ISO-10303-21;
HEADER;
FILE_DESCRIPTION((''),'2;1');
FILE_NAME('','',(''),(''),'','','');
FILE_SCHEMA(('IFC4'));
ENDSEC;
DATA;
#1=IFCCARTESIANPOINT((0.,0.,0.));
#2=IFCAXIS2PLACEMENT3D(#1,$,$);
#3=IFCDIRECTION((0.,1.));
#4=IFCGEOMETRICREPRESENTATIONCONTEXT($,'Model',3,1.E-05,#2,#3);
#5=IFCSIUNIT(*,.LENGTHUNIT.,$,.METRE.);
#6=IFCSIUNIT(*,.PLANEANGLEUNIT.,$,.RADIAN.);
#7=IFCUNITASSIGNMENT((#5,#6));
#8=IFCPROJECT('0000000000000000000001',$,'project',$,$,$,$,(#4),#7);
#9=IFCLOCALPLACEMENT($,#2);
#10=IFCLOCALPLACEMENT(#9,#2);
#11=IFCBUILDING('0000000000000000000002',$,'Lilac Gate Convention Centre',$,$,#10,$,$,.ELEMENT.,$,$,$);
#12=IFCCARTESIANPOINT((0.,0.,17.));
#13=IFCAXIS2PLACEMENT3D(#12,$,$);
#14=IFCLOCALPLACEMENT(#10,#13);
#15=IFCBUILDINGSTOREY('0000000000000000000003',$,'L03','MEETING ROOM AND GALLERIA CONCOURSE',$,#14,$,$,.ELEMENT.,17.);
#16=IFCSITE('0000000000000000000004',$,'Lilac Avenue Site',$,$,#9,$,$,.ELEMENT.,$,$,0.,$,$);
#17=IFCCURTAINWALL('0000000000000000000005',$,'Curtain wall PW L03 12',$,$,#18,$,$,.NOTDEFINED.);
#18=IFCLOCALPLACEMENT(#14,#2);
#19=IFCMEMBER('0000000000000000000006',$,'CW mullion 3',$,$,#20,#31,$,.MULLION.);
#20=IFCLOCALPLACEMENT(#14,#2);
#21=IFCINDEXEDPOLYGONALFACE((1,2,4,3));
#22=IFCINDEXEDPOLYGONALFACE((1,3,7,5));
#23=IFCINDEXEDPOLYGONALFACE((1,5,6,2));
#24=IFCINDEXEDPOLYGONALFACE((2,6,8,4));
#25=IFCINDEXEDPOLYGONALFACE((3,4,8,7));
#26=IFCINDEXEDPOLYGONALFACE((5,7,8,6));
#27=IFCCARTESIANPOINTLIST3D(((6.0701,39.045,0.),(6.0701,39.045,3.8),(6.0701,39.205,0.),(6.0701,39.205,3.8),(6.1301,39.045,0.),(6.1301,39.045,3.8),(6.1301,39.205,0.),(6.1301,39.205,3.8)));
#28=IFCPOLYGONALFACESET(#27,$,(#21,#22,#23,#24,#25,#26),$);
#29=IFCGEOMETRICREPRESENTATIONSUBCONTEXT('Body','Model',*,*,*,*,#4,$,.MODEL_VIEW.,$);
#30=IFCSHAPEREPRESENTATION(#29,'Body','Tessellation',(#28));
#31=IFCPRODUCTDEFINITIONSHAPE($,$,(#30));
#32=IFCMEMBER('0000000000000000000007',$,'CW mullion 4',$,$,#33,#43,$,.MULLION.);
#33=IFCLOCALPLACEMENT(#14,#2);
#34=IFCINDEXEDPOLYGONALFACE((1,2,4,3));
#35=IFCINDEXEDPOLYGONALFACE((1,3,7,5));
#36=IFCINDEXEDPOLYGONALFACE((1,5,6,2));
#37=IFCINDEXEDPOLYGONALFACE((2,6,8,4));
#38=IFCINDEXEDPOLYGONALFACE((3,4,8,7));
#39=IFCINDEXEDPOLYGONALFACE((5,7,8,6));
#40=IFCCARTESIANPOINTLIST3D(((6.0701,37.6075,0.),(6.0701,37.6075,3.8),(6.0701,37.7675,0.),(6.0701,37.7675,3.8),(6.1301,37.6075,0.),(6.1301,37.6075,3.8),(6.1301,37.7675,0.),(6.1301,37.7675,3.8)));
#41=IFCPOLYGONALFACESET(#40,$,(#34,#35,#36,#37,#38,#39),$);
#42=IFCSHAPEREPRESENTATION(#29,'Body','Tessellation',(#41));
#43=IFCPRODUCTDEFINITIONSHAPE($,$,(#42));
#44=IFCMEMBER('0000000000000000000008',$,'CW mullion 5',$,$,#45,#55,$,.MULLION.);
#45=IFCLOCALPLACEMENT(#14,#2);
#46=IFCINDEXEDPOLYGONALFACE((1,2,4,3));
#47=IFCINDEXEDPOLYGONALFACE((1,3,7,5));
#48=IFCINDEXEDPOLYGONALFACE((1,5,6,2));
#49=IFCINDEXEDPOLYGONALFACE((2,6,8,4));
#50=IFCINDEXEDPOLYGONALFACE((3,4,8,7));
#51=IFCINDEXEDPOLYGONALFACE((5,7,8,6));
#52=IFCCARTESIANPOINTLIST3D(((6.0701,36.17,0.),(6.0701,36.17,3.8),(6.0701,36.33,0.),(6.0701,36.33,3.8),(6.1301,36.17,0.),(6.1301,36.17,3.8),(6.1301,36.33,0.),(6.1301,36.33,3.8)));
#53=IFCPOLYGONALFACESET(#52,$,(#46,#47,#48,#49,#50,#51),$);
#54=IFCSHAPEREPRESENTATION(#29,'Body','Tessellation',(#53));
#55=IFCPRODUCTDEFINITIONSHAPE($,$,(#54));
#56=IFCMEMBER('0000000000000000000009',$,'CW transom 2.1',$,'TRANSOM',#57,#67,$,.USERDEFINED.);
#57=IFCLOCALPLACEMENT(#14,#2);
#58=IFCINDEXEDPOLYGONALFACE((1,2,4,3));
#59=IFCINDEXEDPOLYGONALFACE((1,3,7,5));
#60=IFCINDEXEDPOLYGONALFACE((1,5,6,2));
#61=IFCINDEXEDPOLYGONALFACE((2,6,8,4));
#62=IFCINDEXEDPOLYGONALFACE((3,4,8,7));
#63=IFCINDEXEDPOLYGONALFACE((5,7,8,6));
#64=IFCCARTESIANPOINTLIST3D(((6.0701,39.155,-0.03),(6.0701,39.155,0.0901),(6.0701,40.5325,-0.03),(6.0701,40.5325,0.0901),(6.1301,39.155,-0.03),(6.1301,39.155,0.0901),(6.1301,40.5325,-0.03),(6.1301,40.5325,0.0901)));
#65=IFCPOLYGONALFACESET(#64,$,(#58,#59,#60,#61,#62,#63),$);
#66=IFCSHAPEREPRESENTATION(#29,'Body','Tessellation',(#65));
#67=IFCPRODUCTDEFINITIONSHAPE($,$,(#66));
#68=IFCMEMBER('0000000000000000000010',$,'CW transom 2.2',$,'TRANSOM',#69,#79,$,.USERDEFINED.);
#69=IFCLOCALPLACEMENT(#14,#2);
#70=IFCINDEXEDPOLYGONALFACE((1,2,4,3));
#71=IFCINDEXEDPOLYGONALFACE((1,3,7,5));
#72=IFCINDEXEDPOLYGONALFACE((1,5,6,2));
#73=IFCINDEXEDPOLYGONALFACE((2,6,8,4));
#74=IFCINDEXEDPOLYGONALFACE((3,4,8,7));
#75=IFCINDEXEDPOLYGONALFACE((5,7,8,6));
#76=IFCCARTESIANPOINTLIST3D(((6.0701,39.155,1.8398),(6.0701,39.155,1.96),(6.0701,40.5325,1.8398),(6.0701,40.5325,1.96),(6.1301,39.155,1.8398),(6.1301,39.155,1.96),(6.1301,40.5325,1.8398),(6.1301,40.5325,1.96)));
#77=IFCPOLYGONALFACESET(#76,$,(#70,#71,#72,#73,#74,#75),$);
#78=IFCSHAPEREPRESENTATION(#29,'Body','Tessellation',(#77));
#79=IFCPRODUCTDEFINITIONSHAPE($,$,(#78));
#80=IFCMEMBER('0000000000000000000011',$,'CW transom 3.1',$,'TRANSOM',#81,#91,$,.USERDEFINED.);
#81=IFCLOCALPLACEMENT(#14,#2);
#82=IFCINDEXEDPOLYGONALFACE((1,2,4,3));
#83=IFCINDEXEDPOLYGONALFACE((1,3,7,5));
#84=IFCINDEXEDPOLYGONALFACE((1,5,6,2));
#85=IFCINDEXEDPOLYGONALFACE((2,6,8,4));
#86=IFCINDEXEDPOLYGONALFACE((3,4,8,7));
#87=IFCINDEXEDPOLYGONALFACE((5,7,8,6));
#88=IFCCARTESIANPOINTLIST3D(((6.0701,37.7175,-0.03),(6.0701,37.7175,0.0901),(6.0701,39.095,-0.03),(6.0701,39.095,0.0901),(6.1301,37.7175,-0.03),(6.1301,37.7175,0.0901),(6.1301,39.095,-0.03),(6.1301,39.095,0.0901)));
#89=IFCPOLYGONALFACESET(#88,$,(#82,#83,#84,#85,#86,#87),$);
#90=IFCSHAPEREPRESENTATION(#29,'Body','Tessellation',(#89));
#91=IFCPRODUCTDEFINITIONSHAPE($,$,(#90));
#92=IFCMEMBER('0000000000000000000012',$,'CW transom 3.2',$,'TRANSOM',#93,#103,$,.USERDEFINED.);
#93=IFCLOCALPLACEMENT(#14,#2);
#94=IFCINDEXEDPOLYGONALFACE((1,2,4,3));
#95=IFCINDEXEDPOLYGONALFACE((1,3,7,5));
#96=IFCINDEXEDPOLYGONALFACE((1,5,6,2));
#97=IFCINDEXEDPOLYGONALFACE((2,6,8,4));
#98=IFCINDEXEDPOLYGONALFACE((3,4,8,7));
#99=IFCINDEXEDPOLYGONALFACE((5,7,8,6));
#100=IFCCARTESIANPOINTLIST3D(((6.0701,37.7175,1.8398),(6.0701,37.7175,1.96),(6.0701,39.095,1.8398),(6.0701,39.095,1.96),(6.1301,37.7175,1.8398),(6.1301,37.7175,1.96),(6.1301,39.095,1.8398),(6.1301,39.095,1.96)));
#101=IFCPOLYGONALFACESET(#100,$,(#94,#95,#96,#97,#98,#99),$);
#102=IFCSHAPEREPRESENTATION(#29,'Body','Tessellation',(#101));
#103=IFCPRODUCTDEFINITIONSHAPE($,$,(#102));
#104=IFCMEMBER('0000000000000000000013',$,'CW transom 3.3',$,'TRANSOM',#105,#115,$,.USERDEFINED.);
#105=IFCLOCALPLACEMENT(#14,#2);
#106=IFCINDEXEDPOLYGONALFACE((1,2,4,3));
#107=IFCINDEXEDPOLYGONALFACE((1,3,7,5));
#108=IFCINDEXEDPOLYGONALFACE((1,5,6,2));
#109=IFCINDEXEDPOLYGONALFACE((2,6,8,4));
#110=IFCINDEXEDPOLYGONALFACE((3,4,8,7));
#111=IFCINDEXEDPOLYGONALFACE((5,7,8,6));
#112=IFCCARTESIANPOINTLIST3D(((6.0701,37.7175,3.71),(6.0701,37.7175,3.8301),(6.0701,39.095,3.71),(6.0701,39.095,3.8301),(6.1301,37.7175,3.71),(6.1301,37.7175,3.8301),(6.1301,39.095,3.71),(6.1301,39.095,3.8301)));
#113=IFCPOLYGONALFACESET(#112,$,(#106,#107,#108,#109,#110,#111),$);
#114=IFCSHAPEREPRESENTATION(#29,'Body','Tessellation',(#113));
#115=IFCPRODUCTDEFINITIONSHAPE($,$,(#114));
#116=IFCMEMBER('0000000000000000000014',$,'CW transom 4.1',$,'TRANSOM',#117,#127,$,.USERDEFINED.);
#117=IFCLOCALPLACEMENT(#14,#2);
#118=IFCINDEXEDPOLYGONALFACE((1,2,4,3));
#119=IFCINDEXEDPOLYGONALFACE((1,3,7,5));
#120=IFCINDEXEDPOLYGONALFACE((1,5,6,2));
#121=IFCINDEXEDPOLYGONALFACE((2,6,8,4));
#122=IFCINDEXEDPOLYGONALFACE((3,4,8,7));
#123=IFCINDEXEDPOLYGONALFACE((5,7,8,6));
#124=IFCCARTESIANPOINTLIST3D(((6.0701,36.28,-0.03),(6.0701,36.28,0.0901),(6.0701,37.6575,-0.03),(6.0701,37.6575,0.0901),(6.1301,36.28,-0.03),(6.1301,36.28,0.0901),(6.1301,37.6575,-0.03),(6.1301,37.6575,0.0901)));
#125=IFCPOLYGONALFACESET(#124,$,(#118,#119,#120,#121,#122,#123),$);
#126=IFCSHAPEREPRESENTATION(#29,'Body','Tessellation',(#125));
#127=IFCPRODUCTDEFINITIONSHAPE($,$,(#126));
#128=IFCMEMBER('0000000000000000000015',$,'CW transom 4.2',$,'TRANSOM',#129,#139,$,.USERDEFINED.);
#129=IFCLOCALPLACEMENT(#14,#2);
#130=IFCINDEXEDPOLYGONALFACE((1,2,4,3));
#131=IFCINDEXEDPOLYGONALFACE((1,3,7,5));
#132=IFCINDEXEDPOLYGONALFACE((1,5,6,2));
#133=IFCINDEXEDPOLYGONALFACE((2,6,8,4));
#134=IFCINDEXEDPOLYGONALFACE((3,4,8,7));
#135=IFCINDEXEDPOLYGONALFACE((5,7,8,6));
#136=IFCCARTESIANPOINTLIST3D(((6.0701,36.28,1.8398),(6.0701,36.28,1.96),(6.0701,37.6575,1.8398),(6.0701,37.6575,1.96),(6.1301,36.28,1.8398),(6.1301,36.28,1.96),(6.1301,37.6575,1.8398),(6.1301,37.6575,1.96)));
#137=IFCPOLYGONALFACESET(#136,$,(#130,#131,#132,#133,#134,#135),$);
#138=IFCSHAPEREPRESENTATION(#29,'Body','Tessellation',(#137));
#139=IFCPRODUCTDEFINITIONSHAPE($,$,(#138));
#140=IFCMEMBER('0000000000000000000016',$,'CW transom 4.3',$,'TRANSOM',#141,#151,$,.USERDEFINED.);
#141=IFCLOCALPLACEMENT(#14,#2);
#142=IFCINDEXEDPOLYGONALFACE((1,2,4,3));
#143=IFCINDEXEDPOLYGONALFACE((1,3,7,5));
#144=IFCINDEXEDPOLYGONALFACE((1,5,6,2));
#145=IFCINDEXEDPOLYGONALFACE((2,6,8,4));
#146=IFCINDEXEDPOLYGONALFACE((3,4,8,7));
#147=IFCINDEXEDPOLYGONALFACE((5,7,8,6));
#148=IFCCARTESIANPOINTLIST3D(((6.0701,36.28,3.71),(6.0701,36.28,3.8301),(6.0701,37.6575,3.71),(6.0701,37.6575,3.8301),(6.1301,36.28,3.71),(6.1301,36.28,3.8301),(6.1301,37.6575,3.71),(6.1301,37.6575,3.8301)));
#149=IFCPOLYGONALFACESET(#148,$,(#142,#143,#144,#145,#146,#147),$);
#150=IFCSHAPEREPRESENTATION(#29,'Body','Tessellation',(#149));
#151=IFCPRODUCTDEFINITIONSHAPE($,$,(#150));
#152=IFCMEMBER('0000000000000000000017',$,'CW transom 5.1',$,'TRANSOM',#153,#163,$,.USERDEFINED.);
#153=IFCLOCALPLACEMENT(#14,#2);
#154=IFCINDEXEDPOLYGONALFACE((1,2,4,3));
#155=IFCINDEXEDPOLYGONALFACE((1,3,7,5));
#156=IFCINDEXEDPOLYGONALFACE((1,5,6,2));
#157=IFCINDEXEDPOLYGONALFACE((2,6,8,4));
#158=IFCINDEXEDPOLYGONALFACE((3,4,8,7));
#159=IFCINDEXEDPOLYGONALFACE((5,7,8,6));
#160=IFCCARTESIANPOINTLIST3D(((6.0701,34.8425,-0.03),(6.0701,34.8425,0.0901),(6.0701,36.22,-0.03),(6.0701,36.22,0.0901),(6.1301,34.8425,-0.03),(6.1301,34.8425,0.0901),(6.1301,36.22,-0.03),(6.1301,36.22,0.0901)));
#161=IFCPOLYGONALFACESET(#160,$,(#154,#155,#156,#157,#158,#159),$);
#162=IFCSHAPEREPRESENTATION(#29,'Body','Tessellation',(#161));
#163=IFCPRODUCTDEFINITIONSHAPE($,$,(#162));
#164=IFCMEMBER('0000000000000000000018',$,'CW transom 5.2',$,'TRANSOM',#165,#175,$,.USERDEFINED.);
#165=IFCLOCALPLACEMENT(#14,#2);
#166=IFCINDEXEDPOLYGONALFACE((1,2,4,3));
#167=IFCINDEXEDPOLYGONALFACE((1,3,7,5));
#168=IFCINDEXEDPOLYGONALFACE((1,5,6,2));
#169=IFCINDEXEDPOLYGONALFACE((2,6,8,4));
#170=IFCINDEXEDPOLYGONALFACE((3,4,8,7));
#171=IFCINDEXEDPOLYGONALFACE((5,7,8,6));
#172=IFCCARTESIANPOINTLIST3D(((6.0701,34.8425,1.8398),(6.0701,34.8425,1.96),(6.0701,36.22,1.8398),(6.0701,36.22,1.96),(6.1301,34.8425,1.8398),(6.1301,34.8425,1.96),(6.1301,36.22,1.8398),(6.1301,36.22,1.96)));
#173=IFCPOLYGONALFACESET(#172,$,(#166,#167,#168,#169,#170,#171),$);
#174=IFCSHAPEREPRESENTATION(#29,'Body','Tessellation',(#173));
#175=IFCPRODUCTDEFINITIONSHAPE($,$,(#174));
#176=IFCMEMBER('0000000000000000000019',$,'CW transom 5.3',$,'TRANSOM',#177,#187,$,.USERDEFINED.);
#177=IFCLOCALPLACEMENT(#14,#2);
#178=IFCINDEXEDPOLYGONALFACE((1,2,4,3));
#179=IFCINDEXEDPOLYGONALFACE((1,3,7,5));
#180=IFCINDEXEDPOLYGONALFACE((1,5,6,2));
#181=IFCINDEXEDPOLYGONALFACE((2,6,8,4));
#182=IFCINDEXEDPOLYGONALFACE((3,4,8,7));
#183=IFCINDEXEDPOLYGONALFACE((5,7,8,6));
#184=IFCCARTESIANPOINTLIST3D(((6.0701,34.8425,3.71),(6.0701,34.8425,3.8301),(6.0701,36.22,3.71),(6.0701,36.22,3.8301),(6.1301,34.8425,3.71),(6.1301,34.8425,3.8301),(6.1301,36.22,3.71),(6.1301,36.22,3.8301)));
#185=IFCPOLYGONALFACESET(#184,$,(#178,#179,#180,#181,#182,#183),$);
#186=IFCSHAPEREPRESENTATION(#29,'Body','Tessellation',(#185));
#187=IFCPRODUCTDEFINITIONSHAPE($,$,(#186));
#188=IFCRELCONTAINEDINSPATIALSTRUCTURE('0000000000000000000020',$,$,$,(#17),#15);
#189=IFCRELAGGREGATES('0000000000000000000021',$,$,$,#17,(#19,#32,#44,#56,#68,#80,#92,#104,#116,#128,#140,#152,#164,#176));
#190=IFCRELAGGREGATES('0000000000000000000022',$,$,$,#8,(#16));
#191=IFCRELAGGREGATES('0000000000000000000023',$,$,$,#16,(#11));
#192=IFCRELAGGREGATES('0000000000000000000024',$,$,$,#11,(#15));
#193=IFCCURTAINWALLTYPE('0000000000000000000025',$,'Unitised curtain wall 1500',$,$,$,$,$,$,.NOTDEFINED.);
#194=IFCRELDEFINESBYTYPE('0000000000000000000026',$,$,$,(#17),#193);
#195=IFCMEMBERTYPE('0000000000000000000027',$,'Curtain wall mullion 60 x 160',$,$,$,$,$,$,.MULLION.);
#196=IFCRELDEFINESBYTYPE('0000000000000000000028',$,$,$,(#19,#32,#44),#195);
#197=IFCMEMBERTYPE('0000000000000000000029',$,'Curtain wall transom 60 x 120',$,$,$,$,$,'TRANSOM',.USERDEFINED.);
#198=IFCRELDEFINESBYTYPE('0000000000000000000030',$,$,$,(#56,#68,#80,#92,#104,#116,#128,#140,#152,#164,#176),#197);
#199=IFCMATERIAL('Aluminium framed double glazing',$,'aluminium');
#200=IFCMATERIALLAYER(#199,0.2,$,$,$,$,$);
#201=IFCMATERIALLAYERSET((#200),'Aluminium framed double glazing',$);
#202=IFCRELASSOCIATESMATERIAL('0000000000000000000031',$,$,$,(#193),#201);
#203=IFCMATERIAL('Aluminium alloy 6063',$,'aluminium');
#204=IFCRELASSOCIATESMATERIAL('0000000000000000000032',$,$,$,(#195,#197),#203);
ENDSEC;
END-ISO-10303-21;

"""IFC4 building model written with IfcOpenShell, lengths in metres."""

from ifc_helpers import new_model, si_unit, direction, frame, origin, origin_2d, place, context, subcontext, project, spatial, rectangle, extrude, material, layer, layer_set, material_profile, profile_set, type_object, element, aggregate, save


model = new_model("IFC4")

# Units and contexts
model_context = context("Model", 3, precision=1e-05, world=origin(), true_north=direction((0.0, 1.0)))
body_context = subcontext(model_context, "Body", "Model", "MODEL_VIEW")
ifc_project = project(units=[si_unit("LENGTHUNIT", "METRE"), si_unit("PLANEANGLEUNIT", "RADIAN")], contexts=[model_context])

# Site, building, storey
site_placement = place(None, origin())
site = spatial("IfcSite", under=ifc_project, at=site_placement, Name="Lilac Avenue Site", CompositionType="ELEMENT", RefElevation=0.0)
building_placement = place(site_placement, origin())
building = spatial("IfcBuilding", under=site, at=building_placement, Name="Lilac Gate Convention Centre", CompositionType="ELEMENT")
storey_placement = place(building_placement, frame((0.0, 0.0, 17.0)))
storey = spatial("IfcBuildingStorey", under=building, at=storey_placement, Name="L03", Description="MEETING ROOM AND GALLERIA CONCOURSE", CompositionType="ELEMENT", Elevation=17.0)

# Curtain wall, members
ifc_material_1 = material(Name="Aluminium framed double glazing", Category="aluminium")
ifc_layer_1 = layer(ifc_material_1, 0.2)
ifc_layer_set_1 = layer_set([ifc_layer_1], Name="Aluminium framed double glazing")
curtain_wall_type = type_object("IfcCurtainWallType", Name="Unitised curtain wall 1500", PredefinedType="NOTDEFINED", material=ifc_layer_set_1)
curtain_wall_placement = place(storey_placement, origin())
curtain_wall = element("IfcCurtainWall", 1, at=curtain_wall_placement, inside=storey, type_object=curtain_wall_type, Name="Curtain wall PW L03 12", PredefinedType="NOTDEFINED")
ifc_material_2 = material(Name="Aluminium alloy 6063", Category="aluminium")
ifc_material_profile_1 = material_profile(ifc_material_2, rectangle(XDim=0.0601, YDim=0.1599, at=origin_2d()), Name="Curtain wall mullion 60 x 160")
ifc_profile_set_1 = profile_set([ifc_material_profile_1], Name="Aluminium alloy 6063")
member_type_1 = type_object("IfcMemberType", Name="Curtain wall mullion 60 x 160", PredefinedType="MULLION", material=ifc_profile_set_1)
member_1_placement = place(storey_placement, frame((6.1001, 39.125, 0.0), z_axis=(0.0, 0.0, 1.0), x_axis=(1.0, 0.0, 0.0)))
member_1 = element("IfcMember", 2, at=member_1_placement, type_object=member_type_1, Name="CW mullion 3", PredefinedType="MULLION", context=body_context, shape_type="SweptSolid", body=[
    extrude(rectangle(XDim=0.0601, YDim=0.1599, at=origin_2d()), origin(), (0.0, 0.0, 1.0), 3.8),
])
member_2_placement = place(storey_placement, frame((6.1001, 37.6875, 0.0), z_axis=(0.0, 0.0, 1.0), x_axis=(1.0, 0.0, 0.0)))
member_2 = element("IfcMember", 3, at=member_2_placement, type_object=member_type_1, Name="CW mullion 4", PredefinedType="MULLION", context=body_context, shape_type="SweptSolid", body=[
    extrude(rectangle(XDim=0.0601, YDim=0.1599, at=origin_2d()), origin(), (0.0, 0.0, 1.0), 3.8),
])
member_3_placement = place(storey_placement, frame((6.1001, 36.25, 0.0), z_axis=(0.0, 0.0, 1.0), x_axis=(1.0, 0.0, 0.0)))
member_3 = element("IfcMember", 4, at=member_3_placement, type_object=member_type_1, Name="CW mullion 5", PredefinedType="MULLION", context=body_context, shape_type="SweptSolid", body=[
    extrude(rectangle(XDim=0.0601, YDim=0.1599, at=origin_2d()), origin(), (0.0, 0.0, 1.0), 3.8),
])
ifc_material_profile_2 = material_profile(ifc_material_2, rectangle(XDim=0.0601, YDim=0.1201, at=origin_2d()), Name="Curtain wall transom 60 x 120")
ifc_profile_set_2 = profile_set([ifc_material_profile_2], Name="Aluminium alloy 6063")
member_type_2 = type_object("IfcMemberType", Name="Curtain wall transom 60 x 120", ElementType="TRANSOM", PredefinedType="USERDEFINED", material=ifc_profile_set_2)
member_4_placement = place(storey_placement, frame((6.1001, 40.5325, 0.03), z_axis=(0.0, -1.0, 0.0), x_axis=(1.0, 0.0, 0.0)))
member_4 = element("IfcMember", 5, at=member_4_placement, type_object=member_type_2, Name="CW transom 2.1", ObjectType="TRANSOM", PredefinedType="USERDEFINED", context=body_context, shape_type="SweptSolid", body=[
    extrude(rectangle(XDim=0.0601, YDim=0.1201, at=origin_2d()), origin(), (0.0, 0.0, 1.0), 1.3774),
])
member_5_placement = place(storey_placement, frame((6.1001, 40.5325, 1.8999), z_axis=(0.0, -1.0, 0.0), x_axis=(1.0, 0.0, 0.0)))
member_5 = element("IfcMember", 6, at=member_5_placement, type_object=member_type_2, Name="CW transom 2.2", ObjectType="TRANSOM", PredefinedType="USERDEFINED", context=body_context, shape_type="SweptSolid", body=[
    extrude(rectangle(XDim=0.0601, YDim=0.1201, at=origin_2d()), origin(), (0.0, 0.0, 1.0), 1.3774),
])
member_6_placement = place(storey_placement, frame((6.1001, 39.095, 0.03), z_axis=(0.0, -1.0, 0.0), x_axis=(1.0, 0.0, 0.0)))
member_6 = element("IfcMember", 7, at=member_6_placement, type_object=member_type_2, Name="CW transom 3.1", ObjectType="TRANSOM", PredefinedType="USERDEFINED", context=body_context, shape_type="SweptSolid", body=[
    extrude(rectangle(XDim=0.0601, YDim=0.1201, at=origin_2d()), origin(), (0.0, 0.0, 1.0), 1.3774),
])
member_7_placement = place(storey_placement, frame((6.1001, 39.095, 1.8999), z_axis=(0.0, -1.0, 0.0), x_axis=(1.0, 0.0, 0.0)))
member_7 = element("IfcMember", 8, at=member_7_placement, type_object=member_type_2, Name="CW transom 3.2", ObjectType="TRANSOM", PredefinedType="USERDEFINED", context=body_context, shape_type="SweptSolid", body=[
    extrude(rectangle(XDim=0.0601, YDim=0.1201, at=origin_2d()), origin(), (0.0, 0.0, 1.0), 1.3774),
])
member_8_placement = place(storey_placement, frame((6.1001, 39.095, 3.77), z_axis=(0.0, -1.0, 0.0), x_axis=(1.0, 0.0, 0.0)))
member_8 = element("IfcMember", 9, at=member_8_placement, type_object=member_type_2, Name="CW transom 3.3", ObjectType="TRANSOM", PredefinedType="USERDEFINED", context=body_context, shape_type="SweptSolid", body=[
    extrude(rectangle(XDim=0.0601, YDim=0.1201, at=origin_2d()), origin(), (0.0, 0.0, 1.0), 1.3774),
])
member_9_placement = place(storey_placement, frame((6.1001, 37.6575, 0.03), z_axis=(0.0, -1.0, 0.0), x_axis=(1.0, 0.0, 0.0)))
member_9 = element("IfcMember", 10, at=member_9_placement, type_object=member_type_2, Name="CW transom 4.1", ObjectType="TRANSOM", PredefinedType="USERDEFINED", context=body_context, shape_type="SweptSolid", body=[
    extrude(rectangle(XDim=0.0601, YDim=0.1201, at=origin_2d()), origin(), (0.0, 0.0, 1.0), 1.3774),
])
member_10_placement = place(storey_placement, frame((6.1001, 37.6575, 1.8999), z_axis=(0.0, -1.0, 0.0), x_axis=(1.0, 0.0, 0.0)))
member_10 = element("IfcMember", 11, at=member_10_placement, type_object=member_type_2, Name="CW transom 4.2", ObjectType="TRANSOM", PredefinedType="USERDEFINED", context=body_context, shape_type="SweptSolid", body=[
    extrude(rectangle(XDim=0.0601, YDim=0.1201, at=origin_2d()), origin(), (0.0, 0.0, 1.0), 1.3774),
])
member_11_placement = place(storey_placement, frame((6.1001, 37.6575, 3.77), z_axis=(0.0, -1.0, 0.0), x_axis=(1.0, 0.0, 0.0)))
member_11 = element("IfcMember", 12, at=member_11_placement, type_object=member_type_2, Name="CW transom 4.3", ObjectType="TRANSOM", PredefinedType="USERDEFINED", context=body_context, shape_type="SweptSolid", body=[
    extrude(rectangle(XDim=0.0601, YDim=0.1201, at=origin_2d()), origin(), (0.0, 0.0, 1.0), 1.3774),
])
member_12_placement = place(storey_placement, frame((6.1001, 36.22, 0.03), z_axis=(0.0, -1.0, 0.0), x_axis=(1.0, 0.0, 0.0)))
member_12 = element("IfcMember", 13, at=member_12_placement, type_object=member_type_2, Name="CW transom 5.1", ObjectType="TRANSOM", PredefinedType="USERDEFINED", context=body_context, shape_type="SweptSolid", body=[
    extrude(rectangle(XDim=0.0601, YDim=0.1201, at=origin_2d()), origin(), (0.0, 0.0, 1.0), 1.3774),
])
member_13_placement = place(storey_placement, frame((6.1001, 36.22, 1.8999), z_axis=(0.0, -1.0, 0.0), x_axis=(1.0, 0.0, 0.0)))
member_13 = element("IfcMember", 14, at=member_13_placement, type_object=member_type_2, Name="CW transom 5.2", ObjectType="TRANSOM", PredefinedType="USERDEFINED", context=body_context, shape_type="SweptSolid", body=[
    extrude(rectangle(XDim=0.0601, YDim=0.1201, at=origin_2d()), origin(), (0.0, 0.0, 1.0), 1.3774),
])
member_14_placement = place(storey_placement, frame((6.1001, 36.22, 3.77), z_axis=(0.0, -1.0, 0.0), x_axis=(1.0, 0.0, 0.0)))
member_14 = element("IfcMember", 15, at=member_14_placement, type_object=member_type_2, Name="CW transom 5.3", ObjectType="TRANSOM", PredefinedType="USERDEFINED", context=body_context, shape_type="SweptSolid", body=[
    extrude(rectangle(XDim=0.0601, YDim=0.1201, at=origin_2d()), origin(), (0.0, 0.0, 1.0), 1.3774),
])
aggregate(curtain_wall, [member_1, member_2, member_3, member_4, member_5, member_6, member_7, member_8, member_9, member_10, member_11, member_12, member_13, member_14])

save(model, "model.ifc")
